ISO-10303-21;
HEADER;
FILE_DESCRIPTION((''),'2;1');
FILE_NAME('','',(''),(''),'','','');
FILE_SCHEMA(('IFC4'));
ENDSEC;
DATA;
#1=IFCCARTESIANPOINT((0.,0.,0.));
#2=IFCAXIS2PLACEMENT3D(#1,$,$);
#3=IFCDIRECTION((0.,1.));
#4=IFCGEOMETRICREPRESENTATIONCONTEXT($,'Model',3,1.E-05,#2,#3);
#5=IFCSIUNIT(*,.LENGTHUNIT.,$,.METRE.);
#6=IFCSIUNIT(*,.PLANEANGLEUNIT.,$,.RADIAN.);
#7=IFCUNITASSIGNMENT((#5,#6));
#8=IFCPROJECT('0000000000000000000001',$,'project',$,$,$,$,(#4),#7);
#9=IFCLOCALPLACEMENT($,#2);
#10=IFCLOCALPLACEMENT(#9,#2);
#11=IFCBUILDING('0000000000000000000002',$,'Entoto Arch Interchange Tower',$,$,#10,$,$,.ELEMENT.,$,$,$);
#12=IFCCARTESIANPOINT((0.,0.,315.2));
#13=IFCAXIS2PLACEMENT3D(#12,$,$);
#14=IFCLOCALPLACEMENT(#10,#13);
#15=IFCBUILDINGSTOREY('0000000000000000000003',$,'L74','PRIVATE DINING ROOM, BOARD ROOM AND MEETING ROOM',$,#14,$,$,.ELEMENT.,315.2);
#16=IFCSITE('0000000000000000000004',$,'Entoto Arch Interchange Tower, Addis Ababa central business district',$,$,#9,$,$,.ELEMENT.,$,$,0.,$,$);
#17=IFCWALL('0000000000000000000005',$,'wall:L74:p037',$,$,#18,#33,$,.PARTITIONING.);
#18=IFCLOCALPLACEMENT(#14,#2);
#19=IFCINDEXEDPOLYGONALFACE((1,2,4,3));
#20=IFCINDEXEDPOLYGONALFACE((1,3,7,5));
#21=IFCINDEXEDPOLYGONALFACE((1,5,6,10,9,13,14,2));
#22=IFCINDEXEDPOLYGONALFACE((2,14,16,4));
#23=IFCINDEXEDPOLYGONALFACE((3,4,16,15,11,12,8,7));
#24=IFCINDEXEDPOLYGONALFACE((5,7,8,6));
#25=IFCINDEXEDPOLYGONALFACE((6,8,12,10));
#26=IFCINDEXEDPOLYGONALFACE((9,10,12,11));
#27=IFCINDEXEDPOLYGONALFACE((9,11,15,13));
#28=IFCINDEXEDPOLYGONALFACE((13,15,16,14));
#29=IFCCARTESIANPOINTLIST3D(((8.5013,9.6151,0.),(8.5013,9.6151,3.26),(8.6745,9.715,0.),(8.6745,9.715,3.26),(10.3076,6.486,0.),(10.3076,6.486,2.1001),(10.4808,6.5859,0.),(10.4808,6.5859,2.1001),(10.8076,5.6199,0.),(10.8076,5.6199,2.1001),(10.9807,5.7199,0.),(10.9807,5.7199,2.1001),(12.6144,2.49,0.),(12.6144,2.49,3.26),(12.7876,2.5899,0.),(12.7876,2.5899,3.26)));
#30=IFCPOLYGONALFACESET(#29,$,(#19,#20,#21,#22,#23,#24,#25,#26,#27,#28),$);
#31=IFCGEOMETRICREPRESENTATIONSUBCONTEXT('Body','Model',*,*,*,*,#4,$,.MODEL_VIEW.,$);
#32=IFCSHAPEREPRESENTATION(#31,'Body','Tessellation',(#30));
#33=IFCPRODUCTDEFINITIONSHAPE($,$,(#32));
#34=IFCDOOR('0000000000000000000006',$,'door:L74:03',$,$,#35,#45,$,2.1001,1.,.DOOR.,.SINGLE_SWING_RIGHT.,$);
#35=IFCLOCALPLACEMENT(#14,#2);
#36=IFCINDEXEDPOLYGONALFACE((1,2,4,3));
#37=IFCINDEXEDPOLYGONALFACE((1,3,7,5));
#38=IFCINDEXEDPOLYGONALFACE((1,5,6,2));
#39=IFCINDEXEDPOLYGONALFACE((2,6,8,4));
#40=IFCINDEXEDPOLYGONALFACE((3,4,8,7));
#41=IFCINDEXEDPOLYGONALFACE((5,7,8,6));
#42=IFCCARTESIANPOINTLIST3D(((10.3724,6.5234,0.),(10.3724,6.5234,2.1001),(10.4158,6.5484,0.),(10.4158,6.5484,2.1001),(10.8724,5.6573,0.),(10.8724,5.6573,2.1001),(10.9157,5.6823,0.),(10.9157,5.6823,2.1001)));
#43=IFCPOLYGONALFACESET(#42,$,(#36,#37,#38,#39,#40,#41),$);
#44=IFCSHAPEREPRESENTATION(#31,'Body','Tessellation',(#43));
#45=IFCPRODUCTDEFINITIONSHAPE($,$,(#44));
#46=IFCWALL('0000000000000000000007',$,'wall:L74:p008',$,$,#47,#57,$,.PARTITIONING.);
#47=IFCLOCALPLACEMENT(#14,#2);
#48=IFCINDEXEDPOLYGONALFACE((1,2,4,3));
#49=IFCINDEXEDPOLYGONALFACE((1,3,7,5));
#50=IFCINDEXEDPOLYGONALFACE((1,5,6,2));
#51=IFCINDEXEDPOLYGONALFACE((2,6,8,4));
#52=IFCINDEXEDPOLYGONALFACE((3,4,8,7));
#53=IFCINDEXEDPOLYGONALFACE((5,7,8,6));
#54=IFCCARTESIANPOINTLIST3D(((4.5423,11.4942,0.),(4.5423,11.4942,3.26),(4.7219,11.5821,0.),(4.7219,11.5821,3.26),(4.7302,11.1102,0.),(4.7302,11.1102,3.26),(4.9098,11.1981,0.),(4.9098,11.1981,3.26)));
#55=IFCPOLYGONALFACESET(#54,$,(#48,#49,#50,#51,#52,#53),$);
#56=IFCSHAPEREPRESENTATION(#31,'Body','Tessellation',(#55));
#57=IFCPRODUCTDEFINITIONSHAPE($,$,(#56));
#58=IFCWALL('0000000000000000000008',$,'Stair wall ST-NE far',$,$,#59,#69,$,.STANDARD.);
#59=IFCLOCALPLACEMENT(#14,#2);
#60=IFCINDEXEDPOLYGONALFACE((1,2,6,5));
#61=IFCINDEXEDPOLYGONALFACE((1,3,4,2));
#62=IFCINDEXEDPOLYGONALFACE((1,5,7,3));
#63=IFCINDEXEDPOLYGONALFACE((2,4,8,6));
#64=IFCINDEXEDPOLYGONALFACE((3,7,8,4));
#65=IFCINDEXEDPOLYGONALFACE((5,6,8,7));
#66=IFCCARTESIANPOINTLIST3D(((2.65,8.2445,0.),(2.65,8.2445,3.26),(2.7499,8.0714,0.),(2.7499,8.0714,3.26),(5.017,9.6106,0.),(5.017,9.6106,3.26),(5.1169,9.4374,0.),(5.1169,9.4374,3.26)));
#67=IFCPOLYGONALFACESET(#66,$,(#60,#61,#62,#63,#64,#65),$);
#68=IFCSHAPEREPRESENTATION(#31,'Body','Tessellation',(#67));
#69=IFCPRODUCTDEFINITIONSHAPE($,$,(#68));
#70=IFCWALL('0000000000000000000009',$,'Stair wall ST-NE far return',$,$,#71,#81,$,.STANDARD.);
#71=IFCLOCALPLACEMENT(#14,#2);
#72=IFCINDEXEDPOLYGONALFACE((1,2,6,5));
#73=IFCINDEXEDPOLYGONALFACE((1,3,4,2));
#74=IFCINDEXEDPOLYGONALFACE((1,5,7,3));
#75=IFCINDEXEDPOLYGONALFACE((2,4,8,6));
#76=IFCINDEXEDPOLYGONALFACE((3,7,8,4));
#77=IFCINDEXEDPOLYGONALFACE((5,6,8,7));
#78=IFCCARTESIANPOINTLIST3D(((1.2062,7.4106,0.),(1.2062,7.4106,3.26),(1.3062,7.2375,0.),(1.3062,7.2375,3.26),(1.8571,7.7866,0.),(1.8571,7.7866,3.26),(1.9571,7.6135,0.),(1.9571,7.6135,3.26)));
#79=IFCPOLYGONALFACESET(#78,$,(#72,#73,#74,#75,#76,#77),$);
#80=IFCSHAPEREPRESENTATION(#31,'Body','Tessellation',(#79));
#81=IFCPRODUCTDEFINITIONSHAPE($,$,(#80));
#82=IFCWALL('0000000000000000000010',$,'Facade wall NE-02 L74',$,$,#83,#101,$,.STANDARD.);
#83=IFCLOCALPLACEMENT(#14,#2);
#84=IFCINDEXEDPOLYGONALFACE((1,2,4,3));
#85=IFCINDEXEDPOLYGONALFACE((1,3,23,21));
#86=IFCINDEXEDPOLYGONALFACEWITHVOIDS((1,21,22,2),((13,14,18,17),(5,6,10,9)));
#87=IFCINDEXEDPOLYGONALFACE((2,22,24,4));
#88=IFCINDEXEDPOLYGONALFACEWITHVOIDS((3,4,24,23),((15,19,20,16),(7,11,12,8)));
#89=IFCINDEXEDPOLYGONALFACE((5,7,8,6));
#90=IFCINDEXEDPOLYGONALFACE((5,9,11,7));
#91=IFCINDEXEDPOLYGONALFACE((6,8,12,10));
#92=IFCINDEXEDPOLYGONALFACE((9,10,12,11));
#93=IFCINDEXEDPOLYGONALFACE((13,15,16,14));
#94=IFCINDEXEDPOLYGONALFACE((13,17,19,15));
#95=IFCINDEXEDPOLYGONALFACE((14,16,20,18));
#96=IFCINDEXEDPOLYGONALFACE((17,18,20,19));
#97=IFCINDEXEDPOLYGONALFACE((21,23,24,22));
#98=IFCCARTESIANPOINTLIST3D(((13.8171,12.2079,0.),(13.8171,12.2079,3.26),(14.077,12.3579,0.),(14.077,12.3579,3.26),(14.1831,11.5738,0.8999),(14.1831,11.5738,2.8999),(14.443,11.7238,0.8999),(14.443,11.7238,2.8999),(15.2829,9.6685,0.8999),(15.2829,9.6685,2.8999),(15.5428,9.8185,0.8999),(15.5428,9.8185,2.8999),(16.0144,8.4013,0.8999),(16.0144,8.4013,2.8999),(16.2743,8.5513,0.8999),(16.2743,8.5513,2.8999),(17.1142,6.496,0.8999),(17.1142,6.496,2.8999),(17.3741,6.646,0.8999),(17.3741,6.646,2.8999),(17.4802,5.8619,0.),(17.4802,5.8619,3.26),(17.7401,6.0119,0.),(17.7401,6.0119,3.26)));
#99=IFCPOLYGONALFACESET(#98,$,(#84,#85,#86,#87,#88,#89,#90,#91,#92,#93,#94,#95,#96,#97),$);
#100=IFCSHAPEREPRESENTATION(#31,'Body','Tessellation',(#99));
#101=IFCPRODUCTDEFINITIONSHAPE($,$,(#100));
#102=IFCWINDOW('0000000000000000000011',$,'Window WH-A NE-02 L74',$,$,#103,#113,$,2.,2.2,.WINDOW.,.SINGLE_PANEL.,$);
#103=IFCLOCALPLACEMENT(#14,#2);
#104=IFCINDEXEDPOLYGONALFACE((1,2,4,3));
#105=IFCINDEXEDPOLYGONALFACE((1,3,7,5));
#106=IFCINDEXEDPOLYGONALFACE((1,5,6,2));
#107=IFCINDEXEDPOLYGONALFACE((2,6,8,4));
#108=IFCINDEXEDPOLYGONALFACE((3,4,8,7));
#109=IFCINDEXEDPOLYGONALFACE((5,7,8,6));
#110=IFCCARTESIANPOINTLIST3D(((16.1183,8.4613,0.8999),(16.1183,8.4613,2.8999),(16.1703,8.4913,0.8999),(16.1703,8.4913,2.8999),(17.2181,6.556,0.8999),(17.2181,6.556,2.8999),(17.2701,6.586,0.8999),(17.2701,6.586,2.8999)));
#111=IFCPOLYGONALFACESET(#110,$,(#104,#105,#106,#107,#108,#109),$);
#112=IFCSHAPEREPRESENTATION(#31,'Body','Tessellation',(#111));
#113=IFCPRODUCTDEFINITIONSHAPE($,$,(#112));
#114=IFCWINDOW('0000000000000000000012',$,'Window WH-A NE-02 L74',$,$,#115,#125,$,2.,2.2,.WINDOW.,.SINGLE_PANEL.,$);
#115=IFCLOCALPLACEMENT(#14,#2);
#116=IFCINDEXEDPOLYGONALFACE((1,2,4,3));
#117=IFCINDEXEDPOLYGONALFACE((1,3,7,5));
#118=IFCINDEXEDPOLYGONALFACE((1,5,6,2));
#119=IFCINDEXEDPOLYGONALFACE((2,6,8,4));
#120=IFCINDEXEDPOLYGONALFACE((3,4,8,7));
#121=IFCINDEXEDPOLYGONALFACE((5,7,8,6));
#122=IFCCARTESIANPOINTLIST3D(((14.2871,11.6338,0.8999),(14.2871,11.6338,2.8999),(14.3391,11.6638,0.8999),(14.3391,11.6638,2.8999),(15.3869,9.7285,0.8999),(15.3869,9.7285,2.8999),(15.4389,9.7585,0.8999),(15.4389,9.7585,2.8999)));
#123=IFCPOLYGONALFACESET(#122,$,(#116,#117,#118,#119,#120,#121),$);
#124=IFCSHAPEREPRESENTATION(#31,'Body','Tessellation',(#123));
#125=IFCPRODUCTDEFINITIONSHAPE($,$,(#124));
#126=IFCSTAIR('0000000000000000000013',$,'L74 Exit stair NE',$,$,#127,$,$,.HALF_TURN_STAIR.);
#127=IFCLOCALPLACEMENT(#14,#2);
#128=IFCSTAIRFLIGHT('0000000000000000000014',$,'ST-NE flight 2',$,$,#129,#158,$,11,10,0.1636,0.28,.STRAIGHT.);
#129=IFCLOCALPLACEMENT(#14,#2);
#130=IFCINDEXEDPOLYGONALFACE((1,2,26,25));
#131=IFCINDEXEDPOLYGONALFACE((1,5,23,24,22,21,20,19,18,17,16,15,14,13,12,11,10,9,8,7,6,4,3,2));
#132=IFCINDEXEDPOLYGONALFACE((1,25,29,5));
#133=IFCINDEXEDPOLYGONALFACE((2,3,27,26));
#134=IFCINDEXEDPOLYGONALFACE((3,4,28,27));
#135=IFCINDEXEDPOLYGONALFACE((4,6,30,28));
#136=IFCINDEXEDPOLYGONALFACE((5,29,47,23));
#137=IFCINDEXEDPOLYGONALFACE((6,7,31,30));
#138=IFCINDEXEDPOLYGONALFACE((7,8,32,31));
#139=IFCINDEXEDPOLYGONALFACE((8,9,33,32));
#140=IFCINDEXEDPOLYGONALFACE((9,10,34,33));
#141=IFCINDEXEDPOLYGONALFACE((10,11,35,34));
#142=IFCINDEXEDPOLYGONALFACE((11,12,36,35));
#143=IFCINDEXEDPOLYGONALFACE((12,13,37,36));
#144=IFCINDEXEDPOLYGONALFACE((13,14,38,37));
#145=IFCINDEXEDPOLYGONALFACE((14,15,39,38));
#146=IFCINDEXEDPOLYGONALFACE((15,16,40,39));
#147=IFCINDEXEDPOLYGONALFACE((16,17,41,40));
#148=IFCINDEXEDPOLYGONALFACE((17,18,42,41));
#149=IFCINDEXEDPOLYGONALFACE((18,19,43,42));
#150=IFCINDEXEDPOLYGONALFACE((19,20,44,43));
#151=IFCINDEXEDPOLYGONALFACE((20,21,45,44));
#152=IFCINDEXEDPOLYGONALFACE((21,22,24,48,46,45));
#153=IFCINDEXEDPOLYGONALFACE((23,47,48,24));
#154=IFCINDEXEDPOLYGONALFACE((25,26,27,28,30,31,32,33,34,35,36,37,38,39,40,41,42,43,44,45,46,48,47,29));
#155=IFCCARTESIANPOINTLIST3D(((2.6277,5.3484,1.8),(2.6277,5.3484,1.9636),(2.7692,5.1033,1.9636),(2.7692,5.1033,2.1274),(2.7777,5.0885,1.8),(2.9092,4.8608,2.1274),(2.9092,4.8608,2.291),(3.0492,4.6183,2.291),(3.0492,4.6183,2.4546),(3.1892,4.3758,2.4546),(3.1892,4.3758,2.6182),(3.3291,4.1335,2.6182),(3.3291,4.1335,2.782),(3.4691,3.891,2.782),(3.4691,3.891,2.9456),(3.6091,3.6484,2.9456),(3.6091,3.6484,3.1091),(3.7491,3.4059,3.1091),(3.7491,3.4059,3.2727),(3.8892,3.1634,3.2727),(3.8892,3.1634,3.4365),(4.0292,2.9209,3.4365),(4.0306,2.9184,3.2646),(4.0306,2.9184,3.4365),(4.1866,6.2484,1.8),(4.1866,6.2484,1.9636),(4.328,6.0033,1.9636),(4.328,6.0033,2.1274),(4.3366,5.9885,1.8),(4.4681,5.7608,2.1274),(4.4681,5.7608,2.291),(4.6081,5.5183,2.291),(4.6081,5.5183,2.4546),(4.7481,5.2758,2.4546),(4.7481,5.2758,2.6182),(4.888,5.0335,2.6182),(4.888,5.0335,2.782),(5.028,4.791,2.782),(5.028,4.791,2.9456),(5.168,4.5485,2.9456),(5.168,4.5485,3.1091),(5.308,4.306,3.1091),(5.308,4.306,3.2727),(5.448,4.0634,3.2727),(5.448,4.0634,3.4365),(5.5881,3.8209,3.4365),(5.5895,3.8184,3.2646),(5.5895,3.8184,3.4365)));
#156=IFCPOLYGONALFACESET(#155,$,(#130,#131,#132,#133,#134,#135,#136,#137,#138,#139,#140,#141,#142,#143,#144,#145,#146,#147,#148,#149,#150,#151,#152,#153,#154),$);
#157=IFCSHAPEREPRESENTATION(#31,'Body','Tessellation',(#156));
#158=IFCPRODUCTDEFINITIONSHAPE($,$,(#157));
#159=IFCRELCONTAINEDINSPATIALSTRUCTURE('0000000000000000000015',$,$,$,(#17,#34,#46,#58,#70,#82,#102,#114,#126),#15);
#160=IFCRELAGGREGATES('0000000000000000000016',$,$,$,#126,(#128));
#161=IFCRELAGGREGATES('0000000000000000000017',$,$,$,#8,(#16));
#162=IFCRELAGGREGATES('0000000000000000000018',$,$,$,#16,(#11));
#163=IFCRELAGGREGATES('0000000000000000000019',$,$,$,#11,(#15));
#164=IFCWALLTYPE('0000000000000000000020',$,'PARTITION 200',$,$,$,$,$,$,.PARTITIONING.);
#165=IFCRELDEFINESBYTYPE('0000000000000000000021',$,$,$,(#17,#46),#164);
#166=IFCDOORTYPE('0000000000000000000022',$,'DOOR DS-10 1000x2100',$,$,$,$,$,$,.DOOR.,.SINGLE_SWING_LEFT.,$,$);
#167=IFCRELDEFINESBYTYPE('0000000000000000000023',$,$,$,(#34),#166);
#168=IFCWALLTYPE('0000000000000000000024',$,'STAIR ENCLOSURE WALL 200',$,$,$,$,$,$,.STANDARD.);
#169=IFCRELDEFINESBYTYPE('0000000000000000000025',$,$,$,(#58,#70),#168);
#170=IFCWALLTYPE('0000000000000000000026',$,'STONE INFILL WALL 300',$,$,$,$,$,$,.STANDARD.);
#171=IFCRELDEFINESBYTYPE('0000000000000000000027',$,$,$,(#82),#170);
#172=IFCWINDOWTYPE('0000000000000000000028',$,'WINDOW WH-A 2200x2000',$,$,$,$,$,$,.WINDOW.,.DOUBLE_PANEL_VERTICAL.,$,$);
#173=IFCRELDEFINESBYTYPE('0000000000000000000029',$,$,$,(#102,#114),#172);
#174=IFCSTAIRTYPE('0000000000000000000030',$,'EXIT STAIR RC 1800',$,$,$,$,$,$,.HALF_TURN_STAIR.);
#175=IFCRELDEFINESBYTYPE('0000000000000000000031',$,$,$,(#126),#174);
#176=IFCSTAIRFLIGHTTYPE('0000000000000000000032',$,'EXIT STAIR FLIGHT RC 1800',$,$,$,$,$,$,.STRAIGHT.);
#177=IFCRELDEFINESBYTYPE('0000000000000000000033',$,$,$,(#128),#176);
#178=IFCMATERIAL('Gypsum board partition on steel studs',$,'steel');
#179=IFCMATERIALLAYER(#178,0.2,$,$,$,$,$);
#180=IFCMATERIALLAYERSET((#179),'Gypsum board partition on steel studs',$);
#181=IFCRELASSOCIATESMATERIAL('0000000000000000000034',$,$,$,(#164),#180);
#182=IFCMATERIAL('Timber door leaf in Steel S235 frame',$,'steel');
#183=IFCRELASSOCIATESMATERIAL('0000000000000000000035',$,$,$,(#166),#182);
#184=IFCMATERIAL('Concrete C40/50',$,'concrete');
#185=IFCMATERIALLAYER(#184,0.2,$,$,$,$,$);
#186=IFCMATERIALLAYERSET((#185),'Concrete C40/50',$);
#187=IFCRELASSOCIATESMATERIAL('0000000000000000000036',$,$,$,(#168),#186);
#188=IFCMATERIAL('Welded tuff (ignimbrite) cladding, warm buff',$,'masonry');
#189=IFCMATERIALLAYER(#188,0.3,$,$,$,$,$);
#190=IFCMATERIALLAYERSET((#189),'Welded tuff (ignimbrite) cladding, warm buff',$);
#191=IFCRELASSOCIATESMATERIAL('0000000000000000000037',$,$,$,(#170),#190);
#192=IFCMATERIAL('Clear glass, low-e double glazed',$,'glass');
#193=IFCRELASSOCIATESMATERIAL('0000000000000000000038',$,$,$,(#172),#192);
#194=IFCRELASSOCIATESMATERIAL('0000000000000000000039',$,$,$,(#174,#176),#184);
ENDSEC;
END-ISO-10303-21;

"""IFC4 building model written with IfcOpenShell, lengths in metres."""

from ifc_helpers import new_model, si_unit, direction, frame, frame_2d, origin, place, context, subcontext, project, spatial, polyline, rectangle, outline, extrude, material, layer, layer_set, type_object, element, fill, aggregate, save


model = new_model("IFC4")

# Units and contexts
model_context = context("Model", 3, precision=1e-05, world=origin(), true_north=direction((0.0, 1.0)))
body_context = subcontext(model_context, "Body", "Model", "MODEL_VIEW")
ifc_project = project(units=[si_unit("LENGTHUNIT", "METRE"), si_unit("PLANEANGLEUNIT", "RADIAN")], contexts=[model_context])

# Site, building, storey
site_placement = place(None, origin())
site = spatial("IfcSite", under=ifc_project, at=site_placement, Name="Entoto Arch Interchange Tower, Addis Ababa central business district", CompositionType="ELEMENT", RefElevation=0.0)
building_placement = place(site_placement, origin())
building = spatial("IfcBuilding", under=site, at=building_placement, Name="Entoto Arch Interchange Tower", CompositionType="ELEMENT")
storey_placement = place(building_placement, frame((0.0, 0.0, 315.2)))
storey = spatial("IfcBuildingStorey", under=building, at=storey_placement, Name="L74", Description="PRIVATE DINING ROOM, BOARD ROOM AND MEETING ROOM", CompositionType="ELEMENT", Elevation=315.2)

# Shared definitions
ifc_material_1 = material(Name="Concrete C40/50", Category="concrete")

# Shared definitions
ifc_material_2 = material(Name="Gypsum board partition on steel studs", Category="steel")
ifc_layer_1 = layer(ifc_material_2, 0.2)
ifc_layer_set_1 = layer_set([ifc_layer_1], Name="Gypsum board partition on steel studs")
wall_type_1 = type_object("IfcWallType", Name="PARTITION 200", PredefinedType="PARTITIONING", material=ifc_layer_set_1)

# Wall, opening, door
ifc_material_3 = material(Name="Timber door leaf in Steel S235 frame", Category="steel")
door_type_1 = type_object("IfcDoorType", Name="DOOR DS-10 1000x2100", OperationType="SINGLE_SWING_LEFT", PredefinedType="DOOR", material=ifc_material_3)
wall_1_placement = place(storey_placement, frame((8.5879, 9.665, 0.0), z_axis=(0.0, 0.0, 1.0), x_axis=(0.499947, -0.866056, 0.0)))
wall_1 = element("IfcWall", 1, at=wall_1_placement, inside=storey, type_object=wall_type_1, Name="wall:L74:p037", PredefinedType="PARTITIONING", context=body_context, shape_type="SweptSolid", body=[
    extrude(rectangle(XDim=8.2271, YDim=0.2, at=frame_2d((4.1135, 0.0))), origin(), (0.0, 0.0, 1.0), 3.26),
])
opening_1_placement = place(wall_1_placement, frame((3.613, 0.0, 0.0)))
opening_1 = element("IfcOpeningElement", 2, at=opening_1_placement, cuts=wall_1, PredefinedType="OPENING", context=body_context, shape_type="SweptSolid", body=[
    extrude(rectangle(XDim=1.0, YDim=2.1001, at=frame_2d((0.5, 1.05))), frame((0.0, 0.1099, 0.0), z_axis=(0.0, -1.0, 0.0), x_axis=(1.0, 0.0, 0.0)), (0.0, 0.0, 1.0), 0.22),
])
door_1_placement = place(opening_1_placement, origin())
door_1 = element("IfcDoor", 3, at=door_1_placement, inside=storey, type_object=door_type_1, Name="door:L74:03", OperationType="SINGLE_SWING_RIGHT", OverallHeight=2.1001, OverallWidth=1.0, PredefinedType="DOOR", context=body_context, shape_type="SweptSolid", body=[
    extrude(rectangle(XDim=1.0, YDim=2.1001, at=frame_2d((0.5, 1.05))), frame((0.0, 0.0249, 0.0), z_axis=(0.0, -1.0, 0.0), x_axis=(1.0, 0.0, 0.0)), (0.0, 0.0, 1.0), 0.05),
])
fill(opening_1, door_1)

# Walls
wall_2_placement = place(storey_placement, frame((4.8201, 11.1541, 0.0), z_axis=(0.0, 0.0, 1.0), x_axis=(-0.439661, 0.898164, 0.0)))
element("IfcWall", 4, at=wall_2_placement, inside=storey, type_object=wall_type_1, Name="wall:L74:p008", PredefinedType="PARTITIONING", context=body_context, shape_type="SweptSolid", body=[
    extrude(rectangle(XDim=0.4275, YDim=0.2, at=frame_2d((0.2139, 0.0))), origin(), (0.0, 0.0, 1.0), 3.26),
])
ifc_layer_2 = layer(ifc_material_1, 0.2)
ifc_layer_set_2 = layer_set([ifc_layer_2], Name="Concrete C40/50")
wall_type_2 = type_object("IfcWallType", Name="STAIR ENCLOSURE WALL 200", PredefinedType="STANDARD", material=ifc_layer_set_2)
wall_3_placement = place(storey_placement, frame((2.7, 8.158, 0.0), z_axis=(0.0, 0.0, 1.0), x_axis=(0.866119, 0.499838, 0.0)))
element("IfcWall", 5, at=wall_3_placement, inside=storey, type_object=wall_type_2, Name="Stair wall ST-NE far", PredefinedType="STANDARD", context=body_context, shape_type="SweptSolid", body=[
    extrude(rectangle(XDim=2.7329, YDim=0.2, at=frame_2d((1.3665, 0.0))), origin(), (0.0, 0.0, 1.0), 3.26),
])
wall_4_placement = place(storey_placement, frame((1.2561, 7.324, 0.0), z_axis=(0.0, 0.0, 1.0), x_axis=(0.865915, 0.500191, 0.0)))
element("IfcWall", 6, at=wall_4_placement, inside=storey, type_object=wall_type_2, Name="Stair wall ST-NE far return", PredefinedType="STANDARD", context=body_context, shape_type="SweptSolid", body=[
    extrude(rectangle(XDim=0.7517, YDim=0.2, at=frame_2d((0.376, 0.0))), origin(), (0.0, 0.0, 1.0), 3.26),
])

# Wall, openings, windows
ifc_material_4 = material(Name="Welded tuff (ignimbrite) cladding, warm buff", Category="masonry")
ifc_layer_3 = layer(ifc_material_4, 0.3)
ifc_layer_set_3 = layer_set([ifc_layer_3], Name="Welded tuff (ignimbrite) cladding, warm buff")
wall_type_3 = type_object("IfcWallType", Name="STONE INFILL WALL 300", PredefinedType="STANDARD", material=ifc_layer_set_3)
wall_5_placement = place(storey_placement, frame((17.6101, 5.937, 0.0), z_axis=(0.0, 0.0, 1.0), x_axis=(-0.499923, 0.86607, 0.0)))
wall_5 = element("IfcWall", 7, at=wall_5_placement, inside=storey, type_object=wall_type_3, Name="Facade wall NE-02 L74", PredefinedType="STANDARD", context=body_context, shape_type="SweptSolid", body=[
    extrude(rectangle(XDim=7.3274, YDim=0.3, at=frame_2d((3.6636, 0.0))), origin(), (0.0, 0.0, 1.0), 3.26),
])
opening_2_placement = place(wall_5_placement, frame((0.7319, 0.0, 0.8999)))
opening_2 = element("IfcOpeningElement", 8, at=opening_2_placement, cuts=wall_5, PredefinedType="OPENING", context=body_context, shape_type="SweptSolid", body=[
    extrude(rectangle(XDim=2.2, YDim=2.0, at=frame_2d((1.1001, 1.0))), frame((0.0, 0.1602, 0.0), z_axis=(0.0, -1.0, 0.0), x_axis=(1.0, 0.0, 0.0)), (0.0, 0.0, 1.0), 0.3201),
])
opening_3_placement = place(wall_5_placement, frame((4.395, 0.0, 0.8999)))
opening_3 = element("IfcOpeningElement", 9, at=opening_3_placement, cuts=wall_5, PredefinedType="OPENING", context=body_context, shape_type="SweptSolid", body=[
    extrude(rectangle(XDim=2.2, YDim=2.0, at=frame_2d((1.1001, 1.0))), frame((0.0, 0.1602, 0.0), z_axis=(0.0, -1.0, 0.0), x_axis=(1.0, 0.0, 0.0)), (0.0, 0.0, 1.0), 0.3201),
])
ifc_material_5 = material(Name="Clear glass, low-e double glazed", Category="glass")
window_type = type_object("IfcWindowType", Name="WINDOW WH-A 2200x2000", PartitioningType="DOUBLE_PANEL_VERTICAL", PredefinedType="WINDOW", material=ifc_material_5)
window_1_placement = place(opening_2_placement, origin())
window_1 = element("IfcWindow", 10, at=window_1_placement, inside=storey, type_object=window_type, Name="Window WH-A NE-02 L74", OverallHeight=2.0, OverallWidth=2.2, PartitioningType="SINGLE_PANEL", PredefinedType="WINDOW", context=body_context, shape_type="SweptSolid", body=[
    extrude(rectangle(XDim=2.2, YDim=2.0, at=frame_2d((1.1001, 1.0))), frame((0.0, 0.03, 0.0), z_axis=(0.0, -1.0, 0.0), x_axis=(1.0, 0.0, 0.0)), (0.0, 0.0, 1.0), 0.0601),
])
fill(opening_2, window_1)
window_2_placement = place(opening_3_placement, origin())
window_2 = element("IfcWindow", 11, at=window_2_placement, inside=storey, type_object=window_type, Name="Window WH-A NE-02 L74", OverallHeight=2.0, OverallWidth=2.2, PartitioningType="SINGLE_PANEL", PredefinedType="WINDOW", context=body_context, shape_type="SweptSolid", body=[
    extrude(rectangle(XDim=2.2, YDim=2.0, at=frame_2d((1.1001, 1.0))), frame((0.0, 0.03, 0.0), z_axis=(0.0, -1.0, 0.0), x_axis=(1.0, 0.0, 0.0)), (0.0, 0.0, 1.0), 0.0601),
])
fill(opening_3, window_2)

# Stair, stair flight
stair_type = type_object("IfcStairType", Name="EXIT STAIR RC 1800", PredefinedType="HALF_TURN_STAIR", material=ifc_material_1)
stair_placement = place(storey_placement, origin())
stair = element("IfcStair", 12, at=stair_placement, inside=storey, type_object=stair_type, Name="L74 Exit stair NE", PredefinedType="HALF_TURN_STAIR")
stair_flight_type = type_object("IfcStairFlightType", Name="EXIT STAIR FLIGHT RC 1800", PredefinedType="STRAIGHT", material=ifc_material_1)
stair_flight_placement = place(storey_placement, frame((3.4087, 5.7959, 1.8), z_axis=(0.0, 0.0, 1.0), x_axis=(0.5, -0.866025, 0.0)))
stair_flight = element("IfcStairFlight", 13, at=stair_flight_placement, type_object=stair_flight_type, Name="ST-NE flight 2", NumberOfRisers=11, NumberOfTreads=10, PredefinedType="STRAIGHT", RiserHeight=0.1636, TreadLength=0.28, context=body_context, shape_type="SweptSolid", body=[
    extrude(outline(polyline([(-0.0029, 0.0), (-0.0029, 0.1636), (0.28, 0.1636), (0.28, 0.3274), (0.5601, 0.3274), (0.5601, 0.491), (0.8401, 0.491), (0.8401, 0.6545), (1.1201, 0.6545), (1.1201, 0.8181), (1.3999, 0.8181), (1.3999, 0.9819), (1.6799, 0.9819), (1.6799, 1.1455), (1.96, 1.1455), (1.96, 1.3091), (2.24, 1.3091), (2.24, 1.4727), (2.52, 1.4727), (2.52, 1.6365), (2.8, 1.6365), (2.803, 1.6365), (2.803, 1.4646), (0.2971, 0.0), (-0.0029, 0.0)])), frame((0.0, 0.8999, 0.0), z_axis=(0.0, -1.0, 0.0), x_axis=(1.0, 0.0, 0.0)), (0.0, 0.0, 1.0), 1.8),
])
aggregate(stair, [stair_flight])

save(model, "model.ifc")
